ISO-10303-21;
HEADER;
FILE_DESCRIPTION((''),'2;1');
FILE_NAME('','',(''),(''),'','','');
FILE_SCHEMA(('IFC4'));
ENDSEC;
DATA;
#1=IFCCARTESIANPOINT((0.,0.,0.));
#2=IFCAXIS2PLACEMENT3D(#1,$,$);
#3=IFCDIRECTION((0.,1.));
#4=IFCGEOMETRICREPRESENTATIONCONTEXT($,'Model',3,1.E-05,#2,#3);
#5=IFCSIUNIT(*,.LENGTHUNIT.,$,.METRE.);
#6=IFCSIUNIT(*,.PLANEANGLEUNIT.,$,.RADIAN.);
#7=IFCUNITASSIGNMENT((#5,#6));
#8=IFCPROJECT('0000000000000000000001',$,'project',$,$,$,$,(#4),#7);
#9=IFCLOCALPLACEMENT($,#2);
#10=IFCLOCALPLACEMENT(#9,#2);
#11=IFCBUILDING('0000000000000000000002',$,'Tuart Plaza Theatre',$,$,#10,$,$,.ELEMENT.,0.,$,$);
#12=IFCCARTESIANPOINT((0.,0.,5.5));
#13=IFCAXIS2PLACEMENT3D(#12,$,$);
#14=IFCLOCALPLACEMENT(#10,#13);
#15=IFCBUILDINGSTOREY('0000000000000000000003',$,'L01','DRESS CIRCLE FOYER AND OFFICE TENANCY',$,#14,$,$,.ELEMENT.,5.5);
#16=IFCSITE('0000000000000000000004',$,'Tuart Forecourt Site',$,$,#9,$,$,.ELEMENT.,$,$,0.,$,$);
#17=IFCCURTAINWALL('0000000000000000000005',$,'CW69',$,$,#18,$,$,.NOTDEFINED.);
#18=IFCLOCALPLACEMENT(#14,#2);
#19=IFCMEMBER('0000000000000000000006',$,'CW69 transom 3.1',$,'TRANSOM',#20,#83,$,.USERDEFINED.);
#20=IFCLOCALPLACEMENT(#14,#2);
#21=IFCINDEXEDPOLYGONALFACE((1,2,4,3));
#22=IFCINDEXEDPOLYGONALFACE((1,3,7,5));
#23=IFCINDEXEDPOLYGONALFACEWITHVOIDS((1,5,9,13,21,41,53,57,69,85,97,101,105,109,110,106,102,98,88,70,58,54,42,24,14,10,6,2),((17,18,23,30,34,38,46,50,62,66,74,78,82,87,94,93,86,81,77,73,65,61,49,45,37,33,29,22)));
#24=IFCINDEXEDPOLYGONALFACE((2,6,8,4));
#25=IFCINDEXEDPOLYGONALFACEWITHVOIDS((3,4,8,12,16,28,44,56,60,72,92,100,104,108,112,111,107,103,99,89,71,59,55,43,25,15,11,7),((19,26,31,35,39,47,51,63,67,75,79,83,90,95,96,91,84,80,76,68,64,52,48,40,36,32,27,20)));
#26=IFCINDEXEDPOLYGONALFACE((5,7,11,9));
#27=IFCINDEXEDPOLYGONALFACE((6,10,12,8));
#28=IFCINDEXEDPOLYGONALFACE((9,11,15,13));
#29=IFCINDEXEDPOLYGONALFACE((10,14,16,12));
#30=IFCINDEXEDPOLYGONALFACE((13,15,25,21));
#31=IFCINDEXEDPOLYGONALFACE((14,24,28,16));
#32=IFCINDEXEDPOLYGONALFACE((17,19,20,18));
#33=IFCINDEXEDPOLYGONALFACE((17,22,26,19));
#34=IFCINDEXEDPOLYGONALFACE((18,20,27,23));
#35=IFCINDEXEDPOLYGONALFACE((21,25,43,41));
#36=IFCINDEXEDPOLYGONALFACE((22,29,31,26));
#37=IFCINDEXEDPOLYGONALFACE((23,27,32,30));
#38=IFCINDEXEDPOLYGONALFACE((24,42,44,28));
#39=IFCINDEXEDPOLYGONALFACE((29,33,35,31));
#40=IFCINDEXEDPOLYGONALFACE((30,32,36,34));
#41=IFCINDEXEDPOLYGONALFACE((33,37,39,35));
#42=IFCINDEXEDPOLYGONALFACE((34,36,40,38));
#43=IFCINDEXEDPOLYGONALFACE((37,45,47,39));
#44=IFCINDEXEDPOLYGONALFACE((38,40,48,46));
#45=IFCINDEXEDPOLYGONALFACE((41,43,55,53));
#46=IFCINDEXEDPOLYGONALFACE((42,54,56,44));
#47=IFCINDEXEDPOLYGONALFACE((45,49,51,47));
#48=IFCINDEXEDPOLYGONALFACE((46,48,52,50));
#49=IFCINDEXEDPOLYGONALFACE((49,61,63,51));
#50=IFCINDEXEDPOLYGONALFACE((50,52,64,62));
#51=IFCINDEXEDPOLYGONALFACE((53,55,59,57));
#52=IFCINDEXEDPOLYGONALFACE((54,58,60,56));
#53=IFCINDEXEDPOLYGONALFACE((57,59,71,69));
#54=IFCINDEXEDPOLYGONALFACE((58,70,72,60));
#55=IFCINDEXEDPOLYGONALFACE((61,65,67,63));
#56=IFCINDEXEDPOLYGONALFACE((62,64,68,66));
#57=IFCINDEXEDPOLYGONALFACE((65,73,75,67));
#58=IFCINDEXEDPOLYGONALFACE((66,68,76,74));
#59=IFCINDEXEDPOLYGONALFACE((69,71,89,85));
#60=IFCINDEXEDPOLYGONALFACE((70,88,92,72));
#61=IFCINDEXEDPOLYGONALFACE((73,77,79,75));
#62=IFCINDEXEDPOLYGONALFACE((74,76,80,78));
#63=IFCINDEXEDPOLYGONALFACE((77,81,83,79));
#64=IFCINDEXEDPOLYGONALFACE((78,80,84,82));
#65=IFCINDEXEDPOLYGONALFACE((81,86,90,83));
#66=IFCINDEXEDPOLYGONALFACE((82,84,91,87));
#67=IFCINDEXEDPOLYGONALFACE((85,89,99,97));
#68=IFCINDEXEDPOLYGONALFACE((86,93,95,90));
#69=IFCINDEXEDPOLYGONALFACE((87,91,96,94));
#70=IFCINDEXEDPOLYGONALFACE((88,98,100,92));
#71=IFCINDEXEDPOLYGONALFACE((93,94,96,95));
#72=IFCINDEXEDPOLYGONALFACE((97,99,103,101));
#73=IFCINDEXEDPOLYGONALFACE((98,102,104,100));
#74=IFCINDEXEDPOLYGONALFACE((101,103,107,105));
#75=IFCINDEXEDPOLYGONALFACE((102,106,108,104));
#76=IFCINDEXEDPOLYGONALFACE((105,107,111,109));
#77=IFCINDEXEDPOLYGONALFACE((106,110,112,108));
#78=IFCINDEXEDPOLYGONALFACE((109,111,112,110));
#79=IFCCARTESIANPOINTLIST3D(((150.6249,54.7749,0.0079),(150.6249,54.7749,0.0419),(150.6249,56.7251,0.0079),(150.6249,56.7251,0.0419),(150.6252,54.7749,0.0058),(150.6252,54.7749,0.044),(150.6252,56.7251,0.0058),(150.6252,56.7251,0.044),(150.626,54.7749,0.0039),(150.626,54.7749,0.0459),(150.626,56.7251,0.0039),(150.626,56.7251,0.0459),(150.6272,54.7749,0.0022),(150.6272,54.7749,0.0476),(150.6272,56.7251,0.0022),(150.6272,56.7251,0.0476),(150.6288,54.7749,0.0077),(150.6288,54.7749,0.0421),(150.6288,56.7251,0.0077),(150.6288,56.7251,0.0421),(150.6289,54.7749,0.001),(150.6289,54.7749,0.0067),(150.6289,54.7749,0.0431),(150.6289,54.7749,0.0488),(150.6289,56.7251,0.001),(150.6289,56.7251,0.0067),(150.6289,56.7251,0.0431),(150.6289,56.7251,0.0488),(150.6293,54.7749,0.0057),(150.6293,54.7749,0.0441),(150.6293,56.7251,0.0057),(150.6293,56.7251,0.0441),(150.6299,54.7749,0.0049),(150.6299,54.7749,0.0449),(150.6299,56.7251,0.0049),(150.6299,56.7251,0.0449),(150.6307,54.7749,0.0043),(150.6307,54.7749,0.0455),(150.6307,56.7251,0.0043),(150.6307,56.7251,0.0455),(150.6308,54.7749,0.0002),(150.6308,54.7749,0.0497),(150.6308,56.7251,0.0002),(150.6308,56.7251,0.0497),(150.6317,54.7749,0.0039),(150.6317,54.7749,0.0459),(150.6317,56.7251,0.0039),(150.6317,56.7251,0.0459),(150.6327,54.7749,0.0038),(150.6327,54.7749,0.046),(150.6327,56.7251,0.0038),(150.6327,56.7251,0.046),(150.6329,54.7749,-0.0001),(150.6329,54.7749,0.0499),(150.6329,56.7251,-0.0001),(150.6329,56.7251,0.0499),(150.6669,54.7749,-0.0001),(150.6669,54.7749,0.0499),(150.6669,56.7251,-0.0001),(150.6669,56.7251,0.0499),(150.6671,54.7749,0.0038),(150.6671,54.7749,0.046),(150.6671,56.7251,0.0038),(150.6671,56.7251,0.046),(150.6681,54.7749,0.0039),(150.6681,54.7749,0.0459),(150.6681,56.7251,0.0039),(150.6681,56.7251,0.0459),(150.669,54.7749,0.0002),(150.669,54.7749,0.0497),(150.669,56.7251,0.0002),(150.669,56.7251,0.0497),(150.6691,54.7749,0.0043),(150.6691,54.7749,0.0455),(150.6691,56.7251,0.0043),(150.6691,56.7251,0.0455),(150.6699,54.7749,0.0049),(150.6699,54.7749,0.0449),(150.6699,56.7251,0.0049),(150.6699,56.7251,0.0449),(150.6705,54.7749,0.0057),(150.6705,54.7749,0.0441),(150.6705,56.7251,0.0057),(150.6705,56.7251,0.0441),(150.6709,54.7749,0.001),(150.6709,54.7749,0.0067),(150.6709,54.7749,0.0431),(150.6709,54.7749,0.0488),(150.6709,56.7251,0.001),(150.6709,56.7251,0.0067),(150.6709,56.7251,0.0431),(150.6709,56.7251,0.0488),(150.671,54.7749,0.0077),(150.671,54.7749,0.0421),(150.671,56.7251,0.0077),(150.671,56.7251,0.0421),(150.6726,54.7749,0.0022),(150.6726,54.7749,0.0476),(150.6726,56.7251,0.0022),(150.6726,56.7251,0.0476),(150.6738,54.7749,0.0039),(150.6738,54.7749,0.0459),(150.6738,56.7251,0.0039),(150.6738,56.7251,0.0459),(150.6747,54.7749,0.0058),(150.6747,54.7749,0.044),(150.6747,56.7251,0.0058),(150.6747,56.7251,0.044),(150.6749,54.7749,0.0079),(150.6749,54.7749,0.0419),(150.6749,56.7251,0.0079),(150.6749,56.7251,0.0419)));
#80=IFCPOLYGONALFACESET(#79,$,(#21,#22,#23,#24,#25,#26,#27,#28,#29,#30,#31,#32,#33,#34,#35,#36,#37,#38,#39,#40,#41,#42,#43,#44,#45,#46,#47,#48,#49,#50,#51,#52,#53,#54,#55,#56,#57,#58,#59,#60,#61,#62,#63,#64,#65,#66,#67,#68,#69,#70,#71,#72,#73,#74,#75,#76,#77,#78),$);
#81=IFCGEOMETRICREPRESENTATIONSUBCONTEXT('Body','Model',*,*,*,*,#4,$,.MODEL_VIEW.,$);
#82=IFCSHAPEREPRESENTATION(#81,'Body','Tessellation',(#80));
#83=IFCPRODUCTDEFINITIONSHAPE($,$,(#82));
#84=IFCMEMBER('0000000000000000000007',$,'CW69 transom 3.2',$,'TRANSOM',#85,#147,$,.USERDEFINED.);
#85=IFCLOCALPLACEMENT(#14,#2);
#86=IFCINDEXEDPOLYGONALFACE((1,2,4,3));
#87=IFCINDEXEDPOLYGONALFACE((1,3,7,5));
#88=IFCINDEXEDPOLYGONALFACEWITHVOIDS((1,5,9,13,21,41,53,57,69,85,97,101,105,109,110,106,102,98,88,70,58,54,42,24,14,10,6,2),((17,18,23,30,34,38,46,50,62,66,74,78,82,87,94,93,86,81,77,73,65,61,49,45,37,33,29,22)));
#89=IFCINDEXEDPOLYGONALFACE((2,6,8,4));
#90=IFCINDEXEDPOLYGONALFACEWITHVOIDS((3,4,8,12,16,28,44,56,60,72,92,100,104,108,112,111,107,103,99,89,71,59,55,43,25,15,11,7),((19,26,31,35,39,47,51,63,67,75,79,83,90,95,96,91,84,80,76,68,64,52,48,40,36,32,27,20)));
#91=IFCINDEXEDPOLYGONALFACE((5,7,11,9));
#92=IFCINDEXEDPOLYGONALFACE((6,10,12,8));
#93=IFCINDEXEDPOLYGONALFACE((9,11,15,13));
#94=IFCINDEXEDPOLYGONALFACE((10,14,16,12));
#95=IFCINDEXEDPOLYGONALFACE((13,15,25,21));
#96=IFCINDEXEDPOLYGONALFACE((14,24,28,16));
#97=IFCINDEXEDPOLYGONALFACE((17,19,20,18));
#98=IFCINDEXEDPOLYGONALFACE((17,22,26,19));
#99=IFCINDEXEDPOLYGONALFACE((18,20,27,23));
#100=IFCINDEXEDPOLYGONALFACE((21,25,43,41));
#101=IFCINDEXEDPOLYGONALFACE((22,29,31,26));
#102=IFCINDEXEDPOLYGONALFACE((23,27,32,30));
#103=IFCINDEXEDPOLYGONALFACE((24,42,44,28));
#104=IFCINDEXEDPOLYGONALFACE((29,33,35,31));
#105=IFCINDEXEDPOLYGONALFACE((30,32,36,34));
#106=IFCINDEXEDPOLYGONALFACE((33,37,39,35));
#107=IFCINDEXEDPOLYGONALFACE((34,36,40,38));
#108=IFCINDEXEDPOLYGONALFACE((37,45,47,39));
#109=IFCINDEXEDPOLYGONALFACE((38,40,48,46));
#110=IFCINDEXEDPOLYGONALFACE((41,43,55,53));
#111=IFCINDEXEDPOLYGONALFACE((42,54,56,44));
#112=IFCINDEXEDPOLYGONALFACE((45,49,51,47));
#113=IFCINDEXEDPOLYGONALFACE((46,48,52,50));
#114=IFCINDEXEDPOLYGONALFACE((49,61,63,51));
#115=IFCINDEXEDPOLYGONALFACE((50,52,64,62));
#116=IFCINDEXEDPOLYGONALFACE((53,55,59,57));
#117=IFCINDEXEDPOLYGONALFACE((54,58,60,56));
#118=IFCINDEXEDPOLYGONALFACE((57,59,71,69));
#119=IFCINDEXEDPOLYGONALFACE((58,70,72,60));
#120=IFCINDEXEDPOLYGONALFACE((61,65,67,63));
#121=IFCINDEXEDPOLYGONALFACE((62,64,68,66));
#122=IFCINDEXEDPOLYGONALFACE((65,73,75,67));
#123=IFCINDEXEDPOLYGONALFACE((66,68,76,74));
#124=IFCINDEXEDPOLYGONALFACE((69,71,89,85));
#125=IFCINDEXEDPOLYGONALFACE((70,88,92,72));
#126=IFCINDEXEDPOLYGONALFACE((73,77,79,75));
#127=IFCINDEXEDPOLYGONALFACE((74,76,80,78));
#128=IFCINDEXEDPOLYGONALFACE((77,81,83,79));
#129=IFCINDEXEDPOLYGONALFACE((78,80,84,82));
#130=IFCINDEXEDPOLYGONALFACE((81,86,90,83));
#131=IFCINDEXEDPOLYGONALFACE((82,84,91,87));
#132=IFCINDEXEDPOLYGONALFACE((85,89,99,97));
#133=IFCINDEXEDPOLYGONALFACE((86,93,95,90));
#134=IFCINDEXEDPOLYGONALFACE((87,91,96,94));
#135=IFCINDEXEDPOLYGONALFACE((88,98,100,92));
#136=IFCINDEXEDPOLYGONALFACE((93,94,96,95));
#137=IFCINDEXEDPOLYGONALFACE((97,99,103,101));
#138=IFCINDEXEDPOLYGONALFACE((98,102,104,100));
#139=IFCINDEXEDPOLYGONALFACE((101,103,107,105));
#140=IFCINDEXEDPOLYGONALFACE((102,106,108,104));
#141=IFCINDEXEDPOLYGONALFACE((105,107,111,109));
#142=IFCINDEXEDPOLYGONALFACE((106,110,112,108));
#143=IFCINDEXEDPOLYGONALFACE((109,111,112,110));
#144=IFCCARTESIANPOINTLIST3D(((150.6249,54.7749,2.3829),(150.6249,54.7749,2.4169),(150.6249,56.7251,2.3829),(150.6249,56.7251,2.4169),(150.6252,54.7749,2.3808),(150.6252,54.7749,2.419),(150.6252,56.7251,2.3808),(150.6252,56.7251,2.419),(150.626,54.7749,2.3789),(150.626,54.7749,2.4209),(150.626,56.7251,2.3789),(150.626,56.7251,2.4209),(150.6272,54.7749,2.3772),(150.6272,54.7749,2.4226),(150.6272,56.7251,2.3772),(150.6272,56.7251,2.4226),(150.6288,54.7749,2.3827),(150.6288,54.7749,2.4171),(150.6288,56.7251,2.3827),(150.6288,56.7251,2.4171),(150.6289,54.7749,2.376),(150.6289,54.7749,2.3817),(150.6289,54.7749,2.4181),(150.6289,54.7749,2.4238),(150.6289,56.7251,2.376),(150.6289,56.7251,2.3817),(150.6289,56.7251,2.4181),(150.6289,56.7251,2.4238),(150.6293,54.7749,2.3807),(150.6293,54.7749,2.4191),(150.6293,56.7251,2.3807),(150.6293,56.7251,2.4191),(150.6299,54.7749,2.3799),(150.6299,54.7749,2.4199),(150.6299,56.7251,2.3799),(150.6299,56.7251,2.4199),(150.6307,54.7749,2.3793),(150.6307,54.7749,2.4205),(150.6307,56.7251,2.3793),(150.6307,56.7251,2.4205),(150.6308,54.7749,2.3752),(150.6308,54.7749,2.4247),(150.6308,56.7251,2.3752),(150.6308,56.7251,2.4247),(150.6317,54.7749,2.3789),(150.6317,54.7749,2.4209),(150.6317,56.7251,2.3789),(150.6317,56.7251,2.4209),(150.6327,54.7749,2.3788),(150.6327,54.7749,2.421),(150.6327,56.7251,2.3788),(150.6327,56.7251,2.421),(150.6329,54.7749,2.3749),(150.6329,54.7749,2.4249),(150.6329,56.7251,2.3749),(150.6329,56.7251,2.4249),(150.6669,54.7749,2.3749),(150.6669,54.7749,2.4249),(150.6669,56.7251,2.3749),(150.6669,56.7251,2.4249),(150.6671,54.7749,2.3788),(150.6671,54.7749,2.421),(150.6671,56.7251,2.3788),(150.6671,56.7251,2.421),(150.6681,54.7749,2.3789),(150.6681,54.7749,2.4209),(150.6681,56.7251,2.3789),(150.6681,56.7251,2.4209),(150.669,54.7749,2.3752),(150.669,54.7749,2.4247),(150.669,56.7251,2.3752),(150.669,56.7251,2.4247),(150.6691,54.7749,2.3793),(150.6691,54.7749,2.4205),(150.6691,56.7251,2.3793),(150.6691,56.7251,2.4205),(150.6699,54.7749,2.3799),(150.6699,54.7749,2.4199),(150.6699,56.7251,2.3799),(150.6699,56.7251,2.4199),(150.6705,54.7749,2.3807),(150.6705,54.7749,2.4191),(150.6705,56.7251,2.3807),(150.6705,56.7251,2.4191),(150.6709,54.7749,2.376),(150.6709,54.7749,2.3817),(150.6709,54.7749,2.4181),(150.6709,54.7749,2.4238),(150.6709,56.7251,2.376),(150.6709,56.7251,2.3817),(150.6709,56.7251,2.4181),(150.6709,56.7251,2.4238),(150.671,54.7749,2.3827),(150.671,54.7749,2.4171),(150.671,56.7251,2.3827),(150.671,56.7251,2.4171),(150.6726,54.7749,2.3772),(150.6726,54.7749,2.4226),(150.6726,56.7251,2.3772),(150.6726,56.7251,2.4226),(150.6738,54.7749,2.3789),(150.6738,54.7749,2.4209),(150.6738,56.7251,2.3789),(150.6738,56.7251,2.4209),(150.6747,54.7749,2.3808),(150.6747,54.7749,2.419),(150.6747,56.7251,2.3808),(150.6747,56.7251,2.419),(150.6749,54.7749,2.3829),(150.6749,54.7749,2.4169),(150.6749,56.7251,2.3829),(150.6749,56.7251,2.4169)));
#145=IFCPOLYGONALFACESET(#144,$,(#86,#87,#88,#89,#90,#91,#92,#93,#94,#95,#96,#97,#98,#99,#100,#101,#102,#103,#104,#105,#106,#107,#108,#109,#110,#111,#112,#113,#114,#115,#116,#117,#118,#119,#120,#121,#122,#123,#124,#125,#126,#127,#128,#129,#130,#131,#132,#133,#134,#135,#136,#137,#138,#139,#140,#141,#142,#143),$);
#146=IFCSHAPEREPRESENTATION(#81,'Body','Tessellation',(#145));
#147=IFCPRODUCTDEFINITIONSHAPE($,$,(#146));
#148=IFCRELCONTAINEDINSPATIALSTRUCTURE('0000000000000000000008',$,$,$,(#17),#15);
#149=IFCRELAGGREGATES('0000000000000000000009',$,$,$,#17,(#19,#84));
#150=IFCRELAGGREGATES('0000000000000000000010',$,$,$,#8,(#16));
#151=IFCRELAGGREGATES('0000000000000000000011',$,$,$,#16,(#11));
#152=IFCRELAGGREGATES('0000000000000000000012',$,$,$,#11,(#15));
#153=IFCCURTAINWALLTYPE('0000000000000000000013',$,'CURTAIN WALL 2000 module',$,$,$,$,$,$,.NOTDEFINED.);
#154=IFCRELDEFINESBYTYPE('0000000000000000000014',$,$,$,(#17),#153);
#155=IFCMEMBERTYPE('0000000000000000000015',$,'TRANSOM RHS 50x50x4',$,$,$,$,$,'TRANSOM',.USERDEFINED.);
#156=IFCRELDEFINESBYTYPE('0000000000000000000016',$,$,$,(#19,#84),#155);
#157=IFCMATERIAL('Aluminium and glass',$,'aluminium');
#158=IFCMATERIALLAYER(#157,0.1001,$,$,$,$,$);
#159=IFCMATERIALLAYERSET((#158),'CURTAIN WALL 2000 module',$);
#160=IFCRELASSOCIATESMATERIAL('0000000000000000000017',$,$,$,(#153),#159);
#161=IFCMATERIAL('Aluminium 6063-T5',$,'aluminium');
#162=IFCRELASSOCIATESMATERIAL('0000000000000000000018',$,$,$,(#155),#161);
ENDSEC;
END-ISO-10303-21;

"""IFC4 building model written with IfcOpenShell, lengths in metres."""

from ifc_helpers import new_model, si_unit, direction, frame, origin, origin_2d, place, context, subcontext, project, spatial, hollow_rectangle, extrude, material, layer, layer_set, material_profile, profile_set, type_object, element, aggregate, save


model = new_model("IFC4")

# Units and contexts
model_context = context("Model", 3, precision=1e-05, world=origin(), true_north=direction((0.0, 1.0)))
body_context = subcontext(model_context, "Body", "Model", "MODEL_VIEW")
ifc_project = project(units=[si_unit("LENGTHUNIT", "METRE"), si_unit("PLANEANGLEUNIT", "RADIAN")], contexts=[model_context])

# Site, building, storey
site_placement = place(None, origin())
site = spatial("IfcSite", under=ifc_project, at=site_placement, Name="Tuart Forecourt Site", CompositionType="ELEMENT", RefElevation=0.0)
building_placement = place(site_placement, origin())
building = spatial("IfcBuilding", under=site, at=building_placement, Name="Tuart Plaza Theatre", CompositionType="ELEMENT", ElevationOfRefHeight=0.0)
storey_placement = place(building_placement, frame((0.0, 0.0, 5.5)))
storey = spatial("IfcBuildingStorey", under=building, at=storey_placement, Name="L01", Description="DRESS CIRCLE FOYER AND OFFICE TENANCY", CompositionType="ELEMENT", Elevation=5.5)

# Curtain wall, members
ifc_material_1 = material(Name="Aluminium and glass", Category="aluminium")
ifc_layer_1 = layer(ifc_material_1, 0.1001)
ifc_layer_set_1 = layer_set([ifc_layer_1], Name="CURTAIN WALL 2000 module")
curtain_wall_type = type_object("IfcCurtainWallType", Name="CURTAIN WALL 2000 module", PredefinedType="NOTDEFINED", material=ifc_layer_set_1)
curtain_wall_placement = place(storey_placement, origin())
curtain_wall = element("IfcCurtainWall", 1, at=curtain_wall_placement, inside=storey, type_object=curtain_wall_type, Name="CW69", PredefinedType="NOTDEFINED")
ifc_material_2 = material(Name="Aluminium 6063-T5", Category="aluminium")
ifc_material_profile_1 = material_profile(ifc_material_2, hollow_rectangle(XDim=0.05, YDim=0.05, WallThickness=0.0039, InnerFilletRadius=0.0039, OuterFilletRadius=0.0081, at=origin_2d()), Name="RHS 50x50x4")
ifc_profile_set_1 = profile_set([ifc_material_profile_1], Name="Aluminium 6063-T5")
member_type_1 = type_object("IfcMemberType", Name="TRANSOM RHS 50x50x4", ElementType="TRANSOM", PredefinedType="USERDEFINED", material=ifc_profile_set_1)
member_1_placement = place(storey_placement, frame((150.6499, 54.7749, 0.0249), z_axis=(0.0, 1.0, 0.0), x_axis=(-1.0, 0.0, 0.0)))
member_1 = element("IfcMember", 2, at=member_1_placement, type_object=member_type_1, Name="CW69 transom 3.1", ObjectType="TRANSOM", PredefinedType="USERDEFINED", context=body_context, shape_type="SweptSolid", body=[
    extrude(hollow_rectangle(XDim=0.05, YDim=0.05, WallThickness=0.0039, InnerFilletRadius=0.0039, OuterFilletRadius=0.0081, at=origin_2d()), origin(), (0.0, 0.0, 1.0), 1.9502),
])
member_2_placement = place(storey_placement, frame((150.6499, 54.7749, 2.3999), z_axis=(0.0, 1.0, 0.0), x_axis=(-1.0, 0.0, 0.0)))
member_2 = element("IfcMember", 3, at=member_2_placement, type_object=member_type_1, Name="CW69 transom 3.2", ObjectType="TRANSOM", PredefinedType="USERDEFINED", context=body_context, shape_type="SweptSolid", body=[
    extrude(hollow_rectangle(XDim=0.05, YDim=0.05, WallThickness=0.0039, InnerFilletRadius=0.0039, OuterFilletRadius=0.0081, at=origin_2d()), origin(), (0.0, 0.0, 1.0), 1.9502),
])
aggregate(curtain_wall, [member_1, member_2])

save(model, "model.ifc")
